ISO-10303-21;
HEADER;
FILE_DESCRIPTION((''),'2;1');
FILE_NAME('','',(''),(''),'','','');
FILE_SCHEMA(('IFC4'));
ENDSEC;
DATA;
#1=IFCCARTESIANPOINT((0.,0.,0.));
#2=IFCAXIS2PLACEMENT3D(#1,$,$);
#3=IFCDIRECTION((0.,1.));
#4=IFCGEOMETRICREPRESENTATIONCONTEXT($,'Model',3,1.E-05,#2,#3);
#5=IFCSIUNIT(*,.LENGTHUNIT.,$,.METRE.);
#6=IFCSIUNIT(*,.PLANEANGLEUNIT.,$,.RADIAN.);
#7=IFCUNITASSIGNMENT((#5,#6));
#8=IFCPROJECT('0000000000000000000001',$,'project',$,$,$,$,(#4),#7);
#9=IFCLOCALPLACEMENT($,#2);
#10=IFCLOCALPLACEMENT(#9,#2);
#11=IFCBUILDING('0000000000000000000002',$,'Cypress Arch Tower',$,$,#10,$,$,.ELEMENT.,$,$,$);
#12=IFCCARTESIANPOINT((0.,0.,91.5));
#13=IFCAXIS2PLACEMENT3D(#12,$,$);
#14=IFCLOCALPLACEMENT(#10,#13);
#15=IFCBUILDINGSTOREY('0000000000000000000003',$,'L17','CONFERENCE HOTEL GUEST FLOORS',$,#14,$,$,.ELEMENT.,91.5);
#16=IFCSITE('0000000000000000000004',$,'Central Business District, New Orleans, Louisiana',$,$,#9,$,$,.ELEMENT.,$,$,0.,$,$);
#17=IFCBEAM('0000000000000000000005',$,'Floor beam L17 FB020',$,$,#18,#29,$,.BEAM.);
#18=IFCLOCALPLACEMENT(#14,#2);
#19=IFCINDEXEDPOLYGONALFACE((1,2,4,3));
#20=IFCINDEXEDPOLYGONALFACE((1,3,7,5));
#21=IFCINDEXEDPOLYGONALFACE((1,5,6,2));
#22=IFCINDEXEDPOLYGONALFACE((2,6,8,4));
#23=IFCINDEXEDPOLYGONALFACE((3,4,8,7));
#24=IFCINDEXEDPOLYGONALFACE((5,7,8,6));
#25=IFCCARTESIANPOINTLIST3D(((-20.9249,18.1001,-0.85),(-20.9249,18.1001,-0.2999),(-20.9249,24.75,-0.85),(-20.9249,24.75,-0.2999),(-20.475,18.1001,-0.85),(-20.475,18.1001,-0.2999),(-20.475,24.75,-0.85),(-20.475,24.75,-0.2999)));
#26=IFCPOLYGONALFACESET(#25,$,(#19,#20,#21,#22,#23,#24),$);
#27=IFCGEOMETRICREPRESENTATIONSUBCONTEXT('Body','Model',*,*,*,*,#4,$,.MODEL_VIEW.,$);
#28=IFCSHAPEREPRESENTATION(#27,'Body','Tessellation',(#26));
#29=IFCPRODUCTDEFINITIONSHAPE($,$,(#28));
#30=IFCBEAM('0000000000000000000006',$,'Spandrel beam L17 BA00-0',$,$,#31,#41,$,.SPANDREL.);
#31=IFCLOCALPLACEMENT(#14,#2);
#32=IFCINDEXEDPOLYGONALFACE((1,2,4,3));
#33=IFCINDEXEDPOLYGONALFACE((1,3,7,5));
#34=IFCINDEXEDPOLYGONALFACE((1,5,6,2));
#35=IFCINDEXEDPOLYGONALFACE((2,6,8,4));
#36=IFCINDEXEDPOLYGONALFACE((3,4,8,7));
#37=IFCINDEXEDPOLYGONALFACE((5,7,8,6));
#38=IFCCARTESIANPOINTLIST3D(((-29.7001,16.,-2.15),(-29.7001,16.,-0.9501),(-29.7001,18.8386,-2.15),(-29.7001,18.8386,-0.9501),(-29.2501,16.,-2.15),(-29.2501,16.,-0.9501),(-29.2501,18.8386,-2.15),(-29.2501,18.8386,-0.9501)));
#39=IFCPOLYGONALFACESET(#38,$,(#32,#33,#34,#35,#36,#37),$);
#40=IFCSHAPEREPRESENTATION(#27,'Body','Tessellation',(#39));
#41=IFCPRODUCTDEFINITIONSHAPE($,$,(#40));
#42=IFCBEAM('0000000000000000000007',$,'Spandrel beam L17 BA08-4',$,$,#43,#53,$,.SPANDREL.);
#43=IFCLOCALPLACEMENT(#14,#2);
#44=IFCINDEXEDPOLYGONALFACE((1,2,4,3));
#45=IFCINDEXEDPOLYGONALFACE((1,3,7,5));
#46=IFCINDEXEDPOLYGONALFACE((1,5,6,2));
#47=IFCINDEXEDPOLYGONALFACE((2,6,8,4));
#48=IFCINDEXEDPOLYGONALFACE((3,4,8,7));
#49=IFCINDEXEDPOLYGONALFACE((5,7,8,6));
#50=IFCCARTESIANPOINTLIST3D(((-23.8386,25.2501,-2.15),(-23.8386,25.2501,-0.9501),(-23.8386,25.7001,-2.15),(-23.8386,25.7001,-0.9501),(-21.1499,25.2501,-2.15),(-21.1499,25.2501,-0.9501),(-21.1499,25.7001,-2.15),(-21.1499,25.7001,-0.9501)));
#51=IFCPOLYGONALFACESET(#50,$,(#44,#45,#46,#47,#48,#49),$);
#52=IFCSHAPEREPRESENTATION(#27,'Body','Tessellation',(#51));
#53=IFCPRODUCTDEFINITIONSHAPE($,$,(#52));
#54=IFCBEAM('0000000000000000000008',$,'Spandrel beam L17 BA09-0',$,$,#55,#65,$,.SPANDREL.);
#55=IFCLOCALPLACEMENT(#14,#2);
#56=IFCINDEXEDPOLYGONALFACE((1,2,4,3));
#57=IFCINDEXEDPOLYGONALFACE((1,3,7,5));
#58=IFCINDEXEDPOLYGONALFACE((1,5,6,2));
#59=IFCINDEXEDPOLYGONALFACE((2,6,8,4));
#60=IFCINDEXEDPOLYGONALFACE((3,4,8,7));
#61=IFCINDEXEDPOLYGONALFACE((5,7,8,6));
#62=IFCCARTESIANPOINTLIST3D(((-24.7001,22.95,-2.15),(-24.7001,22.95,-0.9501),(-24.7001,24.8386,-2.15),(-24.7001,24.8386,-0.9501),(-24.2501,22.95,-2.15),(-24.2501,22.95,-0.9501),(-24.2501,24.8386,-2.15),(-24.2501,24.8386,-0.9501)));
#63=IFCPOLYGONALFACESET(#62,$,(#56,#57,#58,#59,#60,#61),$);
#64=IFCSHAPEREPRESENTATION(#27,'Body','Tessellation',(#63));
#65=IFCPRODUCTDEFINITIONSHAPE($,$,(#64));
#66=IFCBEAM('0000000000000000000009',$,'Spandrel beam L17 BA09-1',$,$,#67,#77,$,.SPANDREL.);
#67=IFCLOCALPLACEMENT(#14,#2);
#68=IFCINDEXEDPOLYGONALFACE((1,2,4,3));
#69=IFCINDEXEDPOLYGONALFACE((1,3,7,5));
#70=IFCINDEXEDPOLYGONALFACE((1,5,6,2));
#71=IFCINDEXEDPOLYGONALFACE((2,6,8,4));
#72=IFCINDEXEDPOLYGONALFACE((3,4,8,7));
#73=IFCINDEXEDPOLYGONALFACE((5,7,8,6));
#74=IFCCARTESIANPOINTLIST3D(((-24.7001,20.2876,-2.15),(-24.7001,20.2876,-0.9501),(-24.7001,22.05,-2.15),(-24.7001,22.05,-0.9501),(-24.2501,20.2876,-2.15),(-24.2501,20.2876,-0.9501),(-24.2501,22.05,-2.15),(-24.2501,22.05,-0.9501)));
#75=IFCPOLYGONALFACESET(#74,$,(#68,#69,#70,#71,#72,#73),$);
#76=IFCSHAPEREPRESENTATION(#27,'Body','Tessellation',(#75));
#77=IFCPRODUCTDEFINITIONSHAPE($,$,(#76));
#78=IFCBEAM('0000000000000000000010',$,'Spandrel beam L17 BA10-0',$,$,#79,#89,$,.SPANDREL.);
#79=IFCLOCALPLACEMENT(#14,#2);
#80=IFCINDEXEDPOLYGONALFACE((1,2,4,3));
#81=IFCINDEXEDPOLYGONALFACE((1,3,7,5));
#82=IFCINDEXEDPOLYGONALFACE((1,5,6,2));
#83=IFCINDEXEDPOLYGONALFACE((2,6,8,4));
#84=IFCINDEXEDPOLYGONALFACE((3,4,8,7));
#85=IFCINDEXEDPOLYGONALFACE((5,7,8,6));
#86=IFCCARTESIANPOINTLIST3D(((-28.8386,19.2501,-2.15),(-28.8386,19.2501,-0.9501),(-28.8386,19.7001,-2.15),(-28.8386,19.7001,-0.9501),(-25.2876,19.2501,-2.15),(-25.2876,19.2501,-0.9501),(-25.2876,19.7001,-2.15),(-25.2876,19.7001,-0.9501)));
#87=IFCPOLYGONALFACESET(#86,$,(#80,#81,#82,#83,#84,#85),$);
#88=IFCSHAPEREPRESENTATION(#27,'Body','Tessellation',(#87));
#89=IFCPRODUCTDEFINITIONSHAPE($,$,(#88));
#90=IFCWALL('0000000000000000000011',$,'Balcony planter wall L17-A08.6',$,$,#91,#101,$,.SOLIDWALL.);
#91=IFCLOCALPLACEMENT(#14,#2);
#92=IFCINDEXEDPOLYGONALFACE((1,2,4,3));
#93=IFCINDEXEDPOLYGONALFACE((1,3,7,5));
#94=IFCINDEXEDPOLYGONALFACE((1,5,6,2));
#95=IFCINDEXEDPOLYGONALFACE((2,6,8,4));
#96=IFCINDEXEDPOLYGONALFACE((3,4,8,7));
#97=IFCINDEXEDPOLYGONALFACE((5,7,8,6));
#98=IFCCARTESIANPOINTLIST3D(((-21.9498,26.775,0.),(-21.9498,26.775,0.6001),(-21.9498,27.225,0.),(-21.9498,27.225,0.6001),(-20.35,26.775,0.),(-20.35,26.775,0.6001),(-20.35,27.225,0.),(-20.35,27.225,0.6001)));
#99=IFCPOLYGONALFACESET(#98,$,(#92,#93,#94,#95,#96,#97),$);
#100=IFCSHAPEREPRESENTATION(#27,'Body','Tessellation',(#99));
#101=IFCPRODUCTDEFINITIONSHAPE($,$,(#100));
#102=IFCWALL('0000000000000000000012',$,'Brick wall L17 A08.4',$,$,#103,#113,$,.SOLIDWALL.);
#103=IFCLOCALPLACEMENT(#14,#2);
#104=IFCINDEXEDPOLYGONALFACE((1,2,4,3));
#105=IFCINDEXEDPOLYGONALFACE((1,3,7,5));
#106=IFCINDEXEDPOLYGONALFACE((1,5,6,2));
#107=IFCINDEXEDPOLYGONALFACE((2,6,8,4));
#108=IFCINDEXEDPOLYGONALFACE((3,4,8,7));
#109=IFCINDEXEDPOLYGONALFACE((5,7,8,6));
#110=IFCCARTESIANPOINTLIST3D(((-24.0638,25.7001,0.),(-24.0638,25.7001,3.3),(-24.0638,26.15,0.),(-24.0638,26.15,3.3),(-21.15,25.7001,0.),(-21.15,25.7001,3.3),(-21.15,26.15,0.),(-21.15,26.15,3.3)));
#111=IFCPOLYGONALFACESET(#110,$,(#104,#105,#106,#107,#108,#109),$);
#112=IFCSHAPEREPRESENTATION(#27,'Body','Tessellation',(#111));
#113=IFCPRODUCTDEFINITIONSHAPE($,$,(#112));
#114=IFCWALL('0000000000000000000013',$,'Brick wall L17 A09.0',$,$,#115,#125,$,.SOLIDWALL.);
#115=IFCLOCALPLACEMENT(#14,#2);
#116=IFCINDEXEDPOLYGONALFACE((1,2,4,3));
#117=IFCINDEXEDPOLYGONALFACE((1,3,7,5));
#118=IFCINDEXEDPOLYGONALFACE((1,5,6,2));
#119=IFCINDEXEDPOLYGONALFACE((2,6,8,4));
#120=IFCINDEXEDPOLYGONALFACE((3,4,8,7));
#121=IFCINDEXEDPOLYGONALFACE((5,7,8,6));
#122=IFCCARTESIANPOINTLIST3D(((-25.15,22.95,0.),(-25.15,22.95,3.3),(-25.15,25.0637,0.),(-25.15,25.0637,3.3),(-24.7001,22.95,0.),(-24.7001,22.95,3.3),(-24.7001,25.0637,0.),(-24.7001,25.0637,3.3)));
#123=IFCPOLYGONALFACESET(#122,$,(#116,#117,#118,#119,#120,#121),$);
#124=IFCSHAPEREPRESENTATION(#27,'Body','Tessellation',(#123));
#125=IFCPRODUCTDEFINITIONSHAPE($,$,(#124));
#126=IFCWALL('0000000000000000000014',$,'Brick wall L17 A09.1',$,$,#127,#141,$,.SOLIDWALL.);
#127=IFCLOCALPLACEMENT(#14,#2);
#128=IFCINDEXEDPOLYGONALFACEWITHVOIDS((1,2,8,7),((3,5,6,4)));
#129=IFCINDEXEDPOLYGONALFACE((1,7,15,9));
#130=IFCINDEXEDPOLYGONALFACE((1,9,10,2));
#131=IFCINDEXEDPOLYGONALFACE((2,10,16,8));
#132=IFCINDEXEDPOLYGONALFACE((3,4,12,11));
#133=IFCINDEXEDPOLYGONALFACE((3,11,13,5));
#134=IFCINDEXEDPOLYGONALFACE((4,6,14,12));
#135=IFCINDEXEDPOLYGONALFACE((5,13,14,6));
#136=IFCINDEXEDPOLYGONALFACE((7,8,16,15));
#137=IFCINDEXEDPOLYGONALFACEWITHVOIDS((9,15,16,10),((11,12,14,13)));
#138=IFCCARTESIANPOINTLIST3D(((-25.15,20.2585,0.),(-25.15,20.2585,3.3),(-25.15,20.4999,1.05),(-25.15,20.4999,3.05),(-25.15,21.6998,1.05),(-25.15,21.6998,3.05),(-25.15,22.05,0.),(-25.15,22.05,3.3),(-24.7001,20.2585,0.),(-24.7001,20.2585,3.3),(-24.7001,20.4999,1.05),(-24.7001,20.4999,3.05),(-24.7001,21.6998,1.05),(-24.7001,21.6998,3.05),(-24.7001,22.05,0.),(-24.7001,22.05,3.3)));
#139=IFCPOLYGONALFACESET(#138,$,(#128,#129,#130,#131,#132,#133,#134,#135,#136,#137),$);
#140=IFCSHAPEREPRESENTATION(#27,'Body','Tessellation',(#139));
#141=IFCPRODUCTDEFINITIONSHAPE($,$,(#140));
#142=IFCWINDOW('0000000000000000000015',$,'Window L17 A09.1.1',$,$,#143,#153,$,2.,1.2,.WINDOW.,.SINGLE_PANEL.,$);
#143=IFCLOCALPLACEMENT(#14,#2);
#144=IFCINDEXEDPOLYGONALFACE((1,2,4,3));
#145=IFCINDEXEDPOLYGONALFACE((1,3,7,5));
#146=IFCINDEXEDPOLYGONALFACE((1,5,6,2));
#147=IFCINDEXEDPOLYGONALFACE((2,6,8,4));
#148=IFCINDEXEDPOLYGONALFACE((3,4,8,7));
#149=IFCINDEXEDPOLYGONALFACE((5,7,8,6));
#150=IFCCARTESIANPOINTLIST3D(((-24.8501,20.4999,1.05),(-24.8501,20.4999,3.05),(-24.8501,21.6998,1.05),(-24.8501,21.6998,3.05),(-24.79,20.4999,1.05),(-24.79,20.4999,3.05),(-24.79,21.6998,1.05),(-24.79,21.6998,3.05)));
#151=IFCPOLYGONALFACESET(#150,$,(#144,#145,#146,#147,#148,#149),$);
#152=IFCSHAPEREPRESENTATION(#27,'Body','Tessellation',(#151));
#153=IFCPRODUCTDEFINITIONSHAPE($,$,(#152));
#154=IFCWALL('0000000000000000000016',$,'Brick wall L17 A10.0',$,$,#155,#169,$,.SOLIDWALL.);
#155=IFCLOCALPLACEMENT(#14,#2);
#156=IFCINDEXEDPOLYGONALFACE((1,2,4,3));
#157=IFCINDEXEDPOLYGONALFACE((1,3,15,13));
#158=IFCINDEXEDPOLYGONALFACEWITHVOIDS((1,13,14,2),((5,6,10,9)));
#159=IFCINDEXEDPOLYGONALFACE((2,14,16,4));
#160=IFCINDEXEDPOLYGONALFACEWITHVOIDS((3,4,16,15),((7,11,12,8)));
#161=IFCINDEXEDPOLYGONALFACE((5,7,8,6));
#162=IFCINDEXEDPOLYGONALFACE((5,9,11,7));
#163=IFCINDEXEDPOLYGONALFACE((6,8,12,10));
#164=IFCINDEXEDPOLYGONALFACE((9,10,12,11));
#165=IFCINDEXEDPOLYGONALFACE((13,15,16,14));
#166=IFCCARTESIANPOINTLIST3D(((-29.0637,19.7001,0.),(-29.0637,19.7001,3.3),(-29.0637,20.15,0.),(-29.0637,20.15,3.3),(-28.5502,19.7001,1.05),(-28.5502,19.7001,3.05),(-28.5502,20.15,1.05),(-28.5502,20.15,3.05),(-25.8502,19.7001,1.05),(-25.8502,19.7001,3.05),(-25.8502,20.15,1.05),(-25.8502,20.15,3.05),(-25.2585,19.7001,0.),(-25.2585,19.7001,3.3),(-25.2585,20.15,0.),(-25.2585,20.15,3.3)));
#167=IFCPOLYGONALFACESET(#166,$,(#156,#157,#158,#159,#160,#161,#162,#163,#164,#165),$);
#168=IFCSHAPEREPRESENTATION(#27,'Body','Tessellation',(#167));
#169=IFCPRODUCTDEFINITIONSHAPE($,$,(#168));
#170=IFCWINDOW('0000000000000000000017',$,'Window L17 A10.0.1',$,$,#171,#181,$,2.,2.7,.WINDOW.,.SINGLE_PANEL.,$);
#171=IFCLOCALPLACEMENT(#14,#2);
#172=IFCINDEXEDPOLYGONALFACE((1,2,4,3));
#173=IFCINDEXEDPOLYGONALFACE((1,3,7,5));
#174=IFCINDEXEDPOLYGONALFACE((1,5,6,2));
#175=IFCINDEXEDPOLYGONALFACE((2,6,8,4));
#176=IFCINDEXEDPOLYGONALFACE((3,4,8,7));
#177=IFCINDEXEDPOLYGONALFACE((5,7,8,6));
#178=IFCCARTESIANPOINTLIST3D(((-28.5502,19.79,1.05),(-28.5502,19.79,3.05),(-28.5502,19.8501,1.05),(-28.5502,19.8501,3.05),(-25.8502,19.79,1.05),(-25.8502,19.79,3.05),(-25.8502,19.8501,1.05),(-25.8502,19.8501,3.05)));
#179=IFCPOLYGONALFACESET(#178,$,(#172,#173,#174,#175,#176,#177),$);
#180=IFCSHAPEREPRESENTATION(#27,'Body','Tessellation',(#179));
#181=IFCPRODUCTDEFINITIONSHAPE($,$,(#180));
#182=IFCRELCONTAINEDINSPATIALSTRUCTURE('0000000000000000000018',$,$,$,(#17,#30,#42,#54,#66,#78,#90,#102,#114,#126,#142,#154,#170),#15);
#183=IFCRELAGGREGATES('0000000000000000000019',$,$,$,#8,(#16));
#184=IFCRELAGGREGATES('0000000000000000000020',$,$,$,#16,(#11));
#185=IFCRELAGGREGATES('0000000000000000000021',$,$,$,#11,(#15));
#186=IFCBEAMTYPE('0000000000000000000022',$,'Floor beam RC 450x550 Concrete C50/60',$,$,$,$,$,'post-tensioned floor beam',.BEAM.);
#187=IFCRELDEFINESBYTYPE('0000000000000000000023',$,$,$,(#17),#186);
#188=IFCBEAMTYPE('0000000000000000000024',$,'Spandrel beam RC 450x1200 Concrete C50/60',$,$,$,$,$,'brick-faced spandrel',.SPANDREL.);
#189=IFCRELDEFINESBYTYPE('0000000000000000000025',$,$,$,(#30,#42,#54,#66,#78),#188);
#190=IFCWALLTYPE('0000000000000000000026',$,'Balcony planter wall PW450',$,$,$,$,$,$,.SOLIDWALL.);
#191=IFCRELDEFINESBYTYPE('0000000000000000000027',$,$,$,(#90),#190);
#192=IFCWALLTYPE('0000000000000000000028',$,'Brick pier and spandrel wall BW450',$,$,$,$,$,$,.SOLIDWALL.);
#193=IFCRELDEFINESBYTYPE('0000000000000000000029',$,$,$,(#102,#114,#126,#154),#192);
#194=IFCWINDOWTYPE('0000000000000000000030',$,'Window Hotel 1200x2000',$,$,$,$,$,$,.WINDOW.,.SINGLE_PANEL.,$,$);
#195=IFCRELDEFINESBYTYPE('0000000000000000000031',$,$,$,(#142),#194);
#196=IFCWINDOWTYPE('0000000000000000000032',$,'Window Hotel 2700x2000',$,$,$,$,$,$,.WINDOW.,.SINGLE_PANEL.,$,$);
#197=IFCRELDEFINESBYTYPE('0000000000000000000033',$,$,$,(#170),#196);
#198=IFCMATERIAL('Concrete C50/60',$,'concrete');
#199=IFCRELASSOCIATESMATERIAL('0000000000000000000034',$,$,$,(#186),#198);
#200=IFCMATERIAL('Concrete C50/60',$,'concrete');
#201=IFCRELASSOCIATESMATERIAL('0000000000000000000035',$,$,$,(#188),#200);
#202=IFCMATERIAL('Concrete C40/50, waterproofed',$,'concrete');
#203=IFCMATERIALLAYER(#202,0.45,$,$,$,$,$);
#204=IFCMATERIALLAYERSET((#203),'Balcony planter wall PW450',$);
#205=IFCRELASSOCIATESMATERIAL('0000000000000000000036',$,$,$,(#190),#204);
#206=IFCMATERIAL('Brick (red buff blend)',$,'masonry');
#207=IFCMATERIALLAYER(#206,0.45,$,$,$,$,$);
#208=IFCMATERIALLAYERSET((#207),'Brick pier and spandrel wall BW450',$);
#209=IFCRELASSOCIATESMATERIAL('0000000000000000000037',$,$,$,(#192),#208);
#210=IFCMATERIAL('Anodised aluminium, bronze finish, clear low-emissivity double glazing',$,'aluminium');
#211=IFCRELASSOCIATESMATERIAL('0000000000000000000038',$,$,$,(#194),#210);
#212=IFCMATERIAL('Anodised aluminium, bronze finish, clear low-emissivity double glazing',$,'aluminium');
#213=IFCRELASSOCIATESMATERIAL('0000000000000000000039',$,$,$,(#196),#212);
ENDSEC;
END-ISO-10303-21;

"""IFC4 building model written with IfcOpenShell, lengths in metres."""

from ifc_helpers import new_model, si_unit, direction, frame, frame_2d, origin, origin_2d, place, context, subcontext, project, spatial, rectangle, extrude, material, layer, layer_set, material_profile, profile_set, type_object, element, fill, save


model = new_model("IFC4")

# Units and contexts
model_context = context("Model", 3, precision=1e-05, world=origin(), true_north=direction((0.0, 1.0)))
body_context = subcontext(model_context, "Body", "Model", "MODEL_VIEW")
ifc_project = project(units=[si_unit("LENGTHUNIT", "METRE"), si_unit("PLANEANGLEUNIT", "RADIAN")], contexts=[model_context])

# Site, building, storey
site_placement = place(None, origin())
site = spatial("IfcSite", under=ifc_project, at=site_placement, Name="Central Business District, New Orleans, Louisiana", CompositionType="ELEMENT", RefElevation=0.0)
building_placement = place(site_placement, origin())
building = spatial("IfcBuilding", under=site, at=building_placement, Name="Cypress Arch Tower", CompositionType="ELEMENT")
storey_placement = place(building_placement, frame((0.0, 0.0, 91.5)))
storey = spatial("IfcBuildingStorey", under=building, at=storey_placement, Name="L17", Description="CONFERENCE HOTEL GUEST FLOORS", CompositionType="ELEMENT", Elevation=91.5)

# Beams
ifc_material_1 = material(Name="Concrete C50/60", Category="concrete")
ifc_material_profile_1 = material_profile(ifc_material_1, rectangle(XDim=0.45, YDim=0.55, at=origin_2d()), Name="RC 450x550")
ifc_profile_set_1 = profile_set([ifc_material_profile_1], Name="Concrete C50/60")
beam_type_1 = type_object("IfcBeamType", Name="Floor beam RC 450x550 Concrete C50/60", ElementType="post-tensioned floor beam", PredefinedType="BEAM", material=ifc_profile_set_1)
beam_1_placement = place(storey_placement, frame((-20.7, 18.1001, -0.575), z_axis=(0.0, 1.0, 0.0), x_axis=(-1.0, 0.0, 0.0)))
element("IfcBeam", 1, at=beam_1_placement, inside=storey, type_object=beam_type_1, Name="Floor beam L17 FB020", PredefinedType="BEAM", context=body_context, shape_type="SweptSolid", body=[
    extrude(rectangle(XDim=0.45, YDim=0.55, at=origin_2d()), origin(), (0.0, 0.0, 1.0), 6.6499),
])
ifc_material_2 = material(Name="Concrete C50/60", Category="concrete")
ifc_material_profile_2 = material_profile(ifc_material_2, rectangle(XDim=0.45, YDim=1.2, at=origin_2d()), Name="RC 450x1200")
ifc_profile_set_2 = profile_set([ifc_material_profile_2], Name="Concrete C50/60")
beam_type_2 = type_object("IfcBeamType", Name="Spandrel beam RC 450x1200 Concrete C50/60", ElementType="brick-faced spandrel", PredefinedType="SPANDREL", material=ifc_profile_set_2)
beam_2_placement = place(storey_placement, frame((-29.4751, 18.8386, -1.55), z_axis=(0.0, -1.0, 0.0), x_axis=(1.0, 0.0, 0.0)))
element("IfcBeam", 2, at=beam_2_placement, inside=storey, type_object=beam_type_2, Name="Spandrel beam L17 BA00-0", PredefinedType="SPANDREL", context=body_context, shape_type="SweptSolid", body=[
    extrude(rectangle(XDim=0.45, YDim=1.2, at=origin_2d()), origin(), (0.0, 0.0, 1.0), 2.8386),
])
beam_3_placement = place(storey_placement, frame((-21.1499, 25.4751, -1.55), z_axis=(-1.0, 0.0, 0.0), x_axis=(0.0, -1.0, 0.0)))
element("IfcBeam", 3, at=beam_3_placement, inside=storey, type_object=beam_type_2, Name="Spandrel beam L17 BA08-4", PredefinedType="SPANDREL", context=body_context, shape_type="SweptSolid", body=[
    extrude(rectangle(XDim=0.45, YDim=1.2, at=origin_2d()), origin(), (0.0, 0.0, 1.0), 2.6887),
])
beam_4_placement = place(storey_placement, frame((-24.4751, 24.8386, -1.55), z_axis=(0.0, -1.0, 0.0), x_axis=(1.0, 0.0, 0.0)))
element("IfcBeam", 4, at=beam_4_placement, inside=storey, type_object=beam_type_2, Name="Spandrel beam L17 BA09-0", PredefinedType="SPANDREL", context=body_context, shape_type="SweptSolid", body=[
    extrude(rectangle(XDim=0.45, YDim=1.2, at=origin_2d()), origin(), (0.0, 0.0, 1.0), 1.8887),
])
beam_5_placement = place(storey_placement, frame((-24.4751, 22.05, -1.55), z_axis=(0.0, -1.0, 0.0), x_axis=(1.0, 0.0, 0.0)))
element("IfcBeam", 5, at=beam_5_placement, inside=storey, type_object=beam_type_2, Name="Spandrel beam L17 BA09-1", PredefinedType="SPANDREL", context=body_context, shape_type="SweptSolid", body=[
    extrude(rectangle(XDim=0.45, YDim=1.2, at=origin_2d()), origin(), (0.0, 0.0, 1.0), 1.7625),
])
beam_6_placement = place(storey_placement, frame((-25.2876, 19.4751, -1.55), z_axis=(-1.0, 0.0, 0.0), x_axis=(0.0, -1.0, 0.0)))
element("IfcBeam", 6, at=beam_6_placement, inside=storey, type_object=beam_type_2, Name="Spandrel beam L17 BA10-0", PredefinedType="SPANDREL", context=body_context, shape_type="SweptSolid", body=[
    extrude(rectangle(XDim=0.45, YDim=1.2, at=origin_2d()), origin(), (0.0, 0.0, 1.0), 3.551),
])

# Wall
ifc_material_3 = material(Name="Concrete C40/50, waterproofed", Category="concrete")
ifc_layer_1 = layer(ifc_material_3, 0.45)
ifc_layer_set_1 = layer_set([ifc_layer_1], Name="Balcony planter wall PW450")
wall_type_1 = type_object("IfcWallType", Name="Balcony planter wall PW450", PredefinedType="SOLIDWALL", material=ifc_layer_set_1)
wall_1_placement = place(storey_placement, frame((-20.3501, 27.0, 0.0), z_axis=(0.0, 0.0, 1.0), x_axis=(-1.0, 0.0, 0.0)))
element("IfcWall", 7, at=wall_1_placement, inside=storey, type_object=wall_type_1, Name="Balcony planter wall L17-A08.6", PredefinedType="SOLIDWALL", context=body_context, shape_type="SweptSolid", body=[
    extrude(rectangle(XDim=1.5999, YDim=0.45, at=frame_2d((0.7998, 0.0))), origin(), (0.0, 0.0, 1.0), 0.6001),
])

# Shared definitions
ifc_material_4 = material(Name="Brick (red buff blend)", Category="masonry")
ifc_layer_2 = layer(ifc_material_4, 0.45)
ifc_layer_set_2 = layer_set([ifc_layer_2], Name="Brick pier and spandrel wall BW450")
wall_type_2 = type_object("IfcWallType", Name="Brick pier and spandrel wall BW450", PredefinedType="SOLIDWALL", material=ifc_layer_set_2)

# Walls
wall_2_placement = place(storey_placement, frame((-21.1499, 25.925, 0.0), z_axis=(0.0, 0.0, 1.0), x_axis=(-1.0, 0.0, 0.0)))
element("IfcWall", 8, at=wall_2_placement, inside=storey, type_object=wall_type_2, Name="Brick wall L17 A08.4", PredefinedType="SOLIDWALL", context=body_context, shape_type="SweptSolid", body=[
    extrude(rectangle(XDim=2.9138, YDim=0.45, at=frame_2d((1.457, 0.0))), origin(), (0.0, 0.0, 1.0), 3.3),
])
wall_3_placement = place(storey_placement, frame((-24.925, 25.0637, 0.0), z_axis=(0.0, 0.0, 1.0), x_axis=(0.0, -1.0, 0.0)))
element("IfcWall", 9, at=wall_3_placement, inside=storey, type_object=wall_type_2, Name="Brick wall L17 A09.0", PredefinedType="SOLIDWALL", context=body_context, shape_type="SweptSolid", body=[
    extrude(rectangle(XDim=2.1138, YDim=0.45, at=frame_2d((1.0569, 0.0))), origin(), (0.0, 0.0, 1.0), 3.3),
])

# Walls, openings, windows
wall_4_placement = place(storey_placement, frame((-24.925, 22.05, 0.0), z_axis=(0.0, 0.0, 1.0), x_axis=(0.0, -1.0, 0.0)))
wall_4 = element("IfcWall", 10, at=wall_4_placement, inside=storey, type_object=wall_type_2, Name="Brick wall L17 A09.1", PredefinedType="SOLIDWALL", context=body_context, shape_type="SweptSolid", body=[
    extrude(rectangle(XDim=1.7915, YDim=0.45, at=frame_2d((0.8958, 0.0))), origin(), (0.0, 0.0, 1.0), 3.3),
])
opening_1_placement = place(wall_4_placement, frame((0.3501, 0.0, 1.05)))
opening_1 = element("IfcOpeningElement", 11, at=opening_1_placement, cuts=wall_4, PredefinedType="OPENING", context=body_context, shape_type="SweptSolid", body=[
    extrude(rectangle(XDim=1.2, YDim=2.0, at=frame_2d((0.6001, 1.0))), frame((0.0, 0.2349, 0.0), z_axis=(0.0, -1.0, 0.0), x_axis=(1.0, 0.0, 0.0)), (0.0, 0.0, 1.0), 0.47),
])
ifc_material_5 = material(Name="Anodised aluminium, bronze finish, clear low-emissivity double glazing", Category="aluminium")
window_type_1 = type_object("IfcWindowType", Name="Window Hotel 1200x2000", PartitioningType="SINGLE_PANEL", PredefinedType="WINDOW", material=ifc_material_5)
window_1_placement = place(opening_1_placement, origin())
window_1 = element("IfcWindow", 12, at=window_1_placement, inside=storey, type_object=window_type_1, Name="Window L17 A09.1.1", OverallHeight=2.0, OverallWidth=1.2, PartitioningType="SINGLE_PANEL", PredefinedType="WINDOW", context=body_context, shape_type="SweptSolid", body=[
    extrude(rectangle(XDim=1.2, YDim=2.0, at=frame_2d((0.6001, 1.0))), frame((0.0, 0.135, 0.0), z_axis=(0.0, -1.0, 0.0), x_axis=(1.0, 0.0, 0.0)), (0.0, 0.0, 1.0), 0.0601),
])
fill(opening_1, window_1)
wall_5_placement = place(storey_placement, frame((-25.2585, 19.925, 0.0), z_axis=(0.0, 0.0, 1.0), x_axis=(-1.0, 0.0, 0.0)))
wall_5 = element("IfcWall", 13, at=wall_5_placement, inside=storey, type_object=wall_type_2, Name="Brick wall L17 A10.0", PredefinedType="SOLIDWALL", context=body_context, shape_type="SweptSolid", body=[
    extrude(rectangle(XDim=3.8052, YDim=0.45, at=frame_2d((1.9026, 0.0))), origin(), (0.0, 0.0, 1.0), 3.3),
])
opening_2_placement = place(wall_5_placement, frame((0.5916, 0.0, 1.05)))
opening_2 = element("IfcOpeningElement", 14, at=opening_2_placement, cuts=wall_5, PredefinedType="OPENING", context=body_context, shape_type="SweptSolid", body=[
    extrude(rectangle(XDim=2.7, YDim=2.0, at=frame_2d((1.3501, 1.0))), frame((0.0, 0.2349, 0.0), z_axis=(0.0, -1.0, 0.0), x_axis=(1.0, 0.0, 0.0)), (0.0, 0.0, 1.0), 0.47),
])
ifc_material_6 = material(Name="Anodised aluminium, bronze finish, clear low-emissivity double glazing", Category="aluminium")
window_type_2 = type_object("IfcWindowType", Name="Window Hotel 2700x2000", PartitioningType="SINGLE_PANEL", PredefinedType="WINDOW", material=ifc_material_6)
window_2_placement = place(opening_2_placement, origin())
window_2 = element("IfcWindow", 15, at=window_2_placement, inside=storey, type_object=window_type_2, Name="Window L17 A10.0.1", OverallHeight=2.0, OverallWidth=2.7, PartitioningType="SINGLE_PANEL", PredefinedType="WINDOW", context=body_context, shape_type="SweptSolid", body=[
    extrude(rectangle(XDim=2.7, YDim=2.0, at=frame_2d((1.3501, 1.0))), frame((0.0, 0.135, 0.0), z_axis=(0.0, -1.0, 0.0), x_axis=(1.0, 0.0, 0.0)), (0.0, 0.0, 1.0), 0.0601),
])
fill(opening_2, window_2)

save(model, "model.ifc")
